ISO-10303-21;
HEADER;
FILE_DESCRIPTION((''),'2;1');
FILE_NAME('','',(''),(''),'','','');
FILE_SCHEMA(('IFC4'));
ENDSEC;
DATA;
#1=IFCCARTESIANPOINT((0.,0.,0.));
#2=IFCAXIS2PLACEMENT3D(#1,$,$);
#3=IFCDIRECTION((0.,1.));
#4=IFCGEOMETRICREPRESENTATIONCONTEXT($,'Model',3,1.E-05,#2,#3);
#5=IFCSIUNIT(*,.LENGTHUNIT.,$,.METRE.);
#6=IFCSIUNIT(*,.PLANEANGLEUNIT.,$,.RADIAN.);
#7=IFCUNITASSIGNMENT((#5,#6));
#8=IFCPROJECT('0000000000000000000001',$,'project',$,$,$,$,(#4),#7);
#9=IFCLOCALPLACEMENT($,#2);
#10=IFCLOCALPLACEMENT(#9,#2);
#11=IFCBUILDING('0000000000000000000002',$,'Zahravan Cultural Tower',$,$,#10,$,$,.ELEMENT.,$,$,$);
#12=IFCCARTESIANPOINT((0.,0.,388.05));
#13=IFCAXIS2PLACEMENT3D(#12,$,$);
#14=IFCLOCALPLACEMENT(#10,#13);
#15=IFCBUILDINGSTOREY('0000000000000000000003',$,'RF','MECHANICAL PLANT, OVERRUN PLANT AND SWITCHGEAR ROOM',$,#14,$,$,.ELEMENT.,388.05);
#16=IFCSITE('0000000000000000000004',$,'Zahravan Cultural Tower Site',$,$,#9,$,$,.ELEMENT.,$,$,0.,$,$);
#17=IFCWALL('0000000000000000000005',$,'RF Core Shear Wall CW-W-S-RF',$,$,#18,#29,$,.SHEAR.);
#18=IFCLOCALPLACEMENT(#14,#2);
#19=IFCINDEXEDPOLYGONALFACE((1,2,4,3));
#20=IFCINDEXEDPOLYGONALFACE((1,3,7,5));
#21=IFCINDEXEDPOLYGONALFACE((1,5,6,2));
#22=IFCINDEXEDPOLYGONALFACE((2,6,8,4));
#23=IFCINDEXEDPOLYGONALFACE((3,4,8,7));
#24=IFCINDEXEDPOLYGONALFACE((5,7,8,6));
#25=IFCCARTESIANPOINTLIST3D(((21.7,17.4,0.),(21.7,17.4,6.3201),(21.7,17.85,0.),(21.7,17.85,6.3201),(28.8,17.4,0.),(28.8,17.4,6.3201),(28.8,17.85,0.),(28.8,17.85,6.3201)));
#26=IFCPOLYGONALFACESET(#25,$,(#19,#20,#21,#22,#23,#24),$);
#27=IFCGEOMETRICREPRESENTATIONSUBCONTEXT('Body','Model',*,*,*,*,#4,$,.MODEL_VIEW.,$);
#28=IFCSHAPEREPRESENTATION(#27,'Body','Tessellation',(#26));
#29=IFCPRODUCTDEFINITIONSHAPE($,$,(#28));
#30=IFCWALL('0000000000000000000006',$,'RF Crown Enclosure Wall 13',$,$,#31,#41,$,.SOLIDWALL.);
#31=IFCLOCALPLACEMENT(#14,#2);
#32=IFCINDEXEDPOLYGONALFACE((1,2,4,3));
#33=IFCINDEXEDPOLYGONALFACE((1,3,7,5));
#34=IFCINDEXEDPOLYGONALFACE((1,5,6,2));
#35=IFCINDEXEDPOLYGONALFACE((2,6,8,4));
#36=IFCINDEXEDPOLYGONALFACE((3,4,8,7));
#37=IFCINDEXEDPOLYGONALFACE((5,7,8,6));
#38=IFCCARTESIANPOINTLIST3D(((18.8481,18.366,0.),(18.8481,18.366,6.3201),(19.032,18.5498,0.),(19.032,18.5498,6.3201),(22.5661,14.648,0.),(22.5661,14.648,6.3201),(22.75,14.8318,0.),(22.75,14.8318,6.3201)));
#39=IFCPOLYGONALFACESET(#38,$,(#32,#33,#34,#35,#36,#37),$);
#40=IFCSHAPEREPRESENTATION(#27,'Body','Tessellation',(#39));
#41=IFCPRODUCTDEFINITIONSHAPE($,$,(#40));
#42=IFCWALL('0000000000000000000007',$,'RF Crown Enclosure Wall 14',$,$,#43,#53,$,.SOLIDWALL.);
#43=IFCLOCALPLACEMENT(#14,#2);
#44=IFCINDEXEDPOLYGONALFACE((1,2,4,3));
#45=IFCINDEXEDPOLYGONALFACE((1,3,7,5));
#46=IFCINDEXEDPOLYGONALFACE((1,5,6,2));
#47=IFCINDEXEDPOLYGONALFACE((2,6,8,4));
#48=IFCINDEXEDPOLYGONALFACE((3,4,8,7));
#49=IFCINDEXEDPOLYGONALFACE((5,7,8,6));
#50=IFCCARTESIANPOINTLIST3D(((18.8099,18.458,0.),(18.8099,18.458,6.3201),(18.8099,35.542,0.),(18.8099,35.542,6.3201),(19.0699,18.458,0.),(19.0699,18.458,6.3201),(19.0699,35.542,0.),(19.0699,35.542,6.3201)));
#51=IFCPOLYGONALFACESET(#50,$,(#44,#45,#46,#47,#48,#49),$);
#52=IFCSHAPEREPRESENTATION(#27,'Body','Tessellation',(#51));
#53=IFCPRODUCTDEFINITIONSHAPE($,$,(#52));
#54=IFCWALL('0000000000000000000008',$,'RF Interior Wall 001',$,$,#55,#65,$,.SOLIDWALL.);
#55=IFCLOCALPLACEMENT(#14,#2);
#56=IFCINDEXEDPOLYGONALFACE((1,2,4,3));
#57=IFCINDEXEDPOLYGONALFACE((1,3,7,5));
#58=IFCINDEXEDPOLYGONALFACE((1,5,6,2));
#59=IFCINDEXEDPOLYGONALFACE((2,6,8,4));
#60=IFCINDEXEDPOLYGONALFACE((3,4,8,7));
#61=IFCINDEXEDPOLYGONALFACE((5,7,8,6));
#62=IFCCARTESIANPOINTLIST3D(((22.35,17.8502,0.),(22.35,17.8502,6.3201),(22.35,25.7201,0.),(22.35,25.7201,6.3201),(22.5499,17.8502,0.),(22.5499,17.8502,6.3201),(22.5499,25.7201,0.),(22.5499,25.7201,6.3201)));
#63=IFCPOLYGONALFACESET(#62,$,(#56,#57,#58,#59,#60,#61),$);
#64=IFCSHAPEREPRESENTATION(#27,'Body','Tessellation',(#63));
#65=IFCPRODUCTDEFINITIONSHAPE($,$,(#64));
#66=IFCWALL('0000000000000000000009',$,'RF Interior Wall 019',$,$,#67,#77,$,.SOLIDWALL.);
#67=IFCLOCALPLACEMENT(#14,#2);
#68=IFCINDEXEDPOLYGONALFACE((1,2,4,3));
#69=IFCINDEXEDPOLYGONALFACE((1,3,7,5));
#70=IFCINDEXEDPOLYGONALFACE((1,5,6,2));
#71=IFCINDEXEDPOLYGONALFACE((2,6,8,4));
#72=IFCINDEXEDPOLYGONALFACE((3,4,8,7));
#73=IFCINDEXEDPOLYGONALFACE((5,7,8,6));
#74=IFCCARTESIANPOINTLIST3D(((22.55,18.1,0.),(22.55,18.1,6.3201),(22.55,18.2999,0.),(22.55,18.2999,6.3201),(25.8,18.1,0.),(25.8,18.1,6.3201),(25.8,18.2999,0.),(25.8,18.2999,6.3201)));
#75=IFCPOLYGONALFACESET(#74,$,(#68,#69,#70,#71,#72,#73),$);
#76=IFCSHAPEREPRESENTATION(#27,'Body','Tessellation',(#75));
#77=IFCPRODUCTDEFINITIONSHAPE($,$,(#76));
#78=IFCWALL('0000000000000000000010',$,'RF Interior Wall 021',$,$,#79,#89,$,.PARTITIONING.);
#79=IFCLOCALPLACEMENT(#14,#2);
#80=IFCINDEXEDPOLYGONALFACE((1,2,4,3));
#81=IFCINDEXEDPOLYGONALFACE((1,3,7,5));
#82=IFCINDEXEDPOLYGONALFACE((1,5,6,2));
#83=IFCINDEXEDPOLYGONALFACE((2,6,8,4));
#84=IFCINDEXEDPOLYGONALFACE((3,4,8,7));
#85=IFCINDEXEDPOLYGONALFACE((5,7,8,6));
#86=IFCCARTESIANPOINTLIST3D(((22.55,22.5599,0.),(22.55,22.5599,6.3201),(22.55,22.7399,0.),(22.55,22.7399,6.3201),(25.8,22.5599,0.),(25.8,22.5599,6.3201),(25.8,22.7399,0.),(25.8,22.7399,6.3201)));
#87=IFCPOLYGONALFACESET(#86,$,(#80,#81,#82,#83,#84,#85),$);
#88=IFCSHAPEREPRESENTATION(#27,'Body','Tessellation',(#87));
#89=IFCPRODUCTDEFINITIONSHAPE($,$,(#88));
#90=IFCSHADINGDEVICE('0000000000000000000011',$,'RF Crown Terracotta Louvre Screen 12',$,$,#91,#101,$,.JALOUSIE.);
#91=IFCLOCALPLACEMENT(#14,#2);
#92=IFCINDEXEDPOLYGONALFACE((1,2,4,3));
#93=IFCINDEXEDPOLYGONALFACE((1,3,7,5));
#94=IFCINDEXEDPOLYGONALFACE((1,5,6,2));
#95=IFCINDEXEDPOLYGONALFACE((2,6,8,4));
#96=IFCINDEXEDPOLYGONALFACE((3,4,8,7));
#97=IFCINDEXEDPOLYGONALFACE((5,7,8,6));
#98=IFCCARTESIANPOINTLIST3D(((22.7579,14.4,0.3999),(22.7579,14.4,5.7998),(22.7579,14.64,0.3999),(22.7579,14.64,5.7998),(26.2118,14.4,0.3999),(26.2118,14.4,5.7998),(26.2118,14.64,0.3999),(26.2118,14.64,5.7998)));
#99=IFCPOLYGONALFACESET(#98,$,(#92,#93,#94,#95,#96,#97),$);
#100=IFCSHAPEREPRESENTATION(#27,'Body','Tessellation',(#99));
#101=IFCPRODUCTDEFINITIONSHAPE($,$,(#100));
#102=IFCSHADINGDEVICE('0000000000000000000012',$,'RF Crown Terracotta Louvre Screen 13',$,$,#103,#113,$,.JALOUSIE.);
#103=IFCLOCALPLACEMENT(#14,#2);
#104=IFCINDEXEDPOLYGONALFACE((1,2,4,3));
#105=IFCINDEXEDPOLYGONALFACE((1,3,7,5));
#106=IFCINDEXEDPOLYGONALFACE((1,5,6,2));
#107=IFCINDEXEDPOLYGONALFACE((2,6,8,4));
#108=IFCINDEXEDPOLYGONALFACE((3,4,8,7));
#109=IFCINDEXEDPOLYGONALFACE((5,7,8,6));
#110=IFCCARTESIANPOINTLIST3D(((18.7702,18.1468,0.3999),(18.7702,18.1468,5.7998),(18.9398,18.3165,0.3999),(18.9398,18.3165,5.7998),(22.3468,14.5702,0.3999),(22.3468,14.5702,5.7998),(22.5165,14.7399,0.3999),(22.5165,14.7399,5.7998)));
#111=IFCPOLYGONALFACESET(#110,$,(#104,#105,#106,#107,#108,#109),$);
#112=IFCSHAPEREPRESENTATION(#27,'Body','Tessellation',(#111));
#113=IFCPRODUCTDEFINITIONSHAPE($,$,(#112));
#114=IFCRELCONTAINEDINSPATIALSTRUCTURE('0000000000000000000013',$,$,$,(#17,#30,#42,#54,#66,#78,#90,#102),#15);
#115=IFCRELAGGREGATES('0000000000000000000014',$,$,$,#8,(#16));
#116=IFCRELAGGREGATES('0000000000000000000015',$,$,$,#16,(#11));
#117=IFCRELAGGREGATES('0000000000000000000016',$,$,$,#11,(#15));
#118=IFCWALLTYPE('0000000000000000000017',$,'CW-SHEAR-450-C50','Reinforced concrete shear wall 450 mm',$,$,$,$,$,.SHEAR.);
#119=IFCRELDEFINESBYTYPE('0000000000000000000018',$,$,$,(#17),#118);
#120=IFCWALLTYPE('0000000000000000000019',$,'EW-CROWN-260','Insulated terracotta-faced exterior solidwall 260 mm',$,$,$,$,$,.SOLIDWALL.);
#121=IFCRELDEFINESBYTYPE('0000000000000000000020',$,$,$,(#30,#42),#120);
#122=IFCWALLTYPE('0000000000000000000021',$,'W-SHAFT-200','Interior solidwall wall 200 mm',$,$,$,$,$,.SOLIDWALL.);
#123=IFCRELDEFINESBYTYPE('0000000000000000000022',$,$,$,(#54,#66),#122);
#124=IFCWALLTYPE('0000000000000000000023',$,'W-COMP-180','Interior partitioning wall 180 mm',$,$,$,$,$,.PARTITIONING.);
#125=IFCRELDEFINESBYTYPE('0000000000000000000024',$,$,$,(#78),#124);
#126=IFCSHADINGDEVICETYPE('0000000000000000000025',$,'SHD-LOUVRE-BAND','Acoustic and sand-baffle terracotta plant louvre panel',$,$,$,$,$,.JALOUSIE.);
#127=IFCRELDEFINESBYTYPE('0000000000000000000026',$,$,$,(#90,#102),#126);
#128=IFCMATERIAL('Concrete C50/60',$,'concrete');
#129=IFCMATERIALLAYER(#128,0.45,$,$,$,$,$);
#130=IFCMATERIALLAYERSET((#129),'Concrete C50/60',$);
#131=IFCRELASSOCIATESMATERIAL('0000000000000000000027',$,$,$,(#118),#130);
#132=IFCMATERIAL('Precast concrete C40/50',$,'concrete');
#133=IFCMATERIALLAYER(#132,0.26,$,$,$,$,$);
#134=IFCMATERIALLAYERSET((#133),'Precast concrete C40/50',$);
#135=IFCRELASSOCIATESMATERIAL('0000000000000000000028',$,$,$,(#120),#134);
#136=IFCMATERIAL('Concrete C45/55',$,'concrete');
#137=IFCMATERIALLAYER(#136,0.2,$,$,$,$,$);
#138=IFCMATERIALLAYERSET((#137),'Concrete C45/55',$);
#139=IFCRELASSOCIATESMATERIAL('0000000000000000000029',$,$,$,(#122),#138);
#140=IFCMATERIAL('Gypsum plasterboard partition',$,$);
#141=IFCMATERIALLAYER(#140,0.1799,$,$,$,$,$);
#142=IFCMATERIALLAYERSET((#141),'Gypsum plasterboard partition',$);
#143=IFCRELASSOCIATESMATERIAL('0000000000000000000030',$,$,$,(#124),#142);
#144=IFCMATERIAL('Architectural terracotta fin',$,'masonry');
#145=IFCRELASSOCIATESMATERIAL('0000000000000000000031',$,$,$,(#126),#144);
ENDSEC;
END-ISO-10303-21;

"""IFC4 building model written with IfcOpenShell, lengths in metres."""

from ifc_helpers import new_model, si_unit, direction, frame, frame_2d, origin, origin_2d, place, context, subcontext, project, spatial, rectangle, extrude, source, transform, mapped, material, layer, layer_set, type_object, element, save


model = new_model("IFC4")

# Units and contexts
model_context = context("Model", 3, precision=1e-05, world=origin(), true_north=direction((0.0, 1.0)))
body_context = subcontext(model_context, "Body", "Model", "MODEL_VIEW")
ifc_project = project(units=[si_unit("LENGTHUNIT", "METRE"), si_unit("PLANEANGLEUNIT", "RADIAN")], contexts=[model_context])

# Site, building, storey
site_placement = place(None, origin())
site = spatial("IfcSite", under=ifc_project, at=site_placement, Name="Zahravan Cultural Tower Site", CompositionType="ELEMENT", RefElevation=0.0)
building_placement = place(site_placement, origin())
building = spatial("IfcBuilding", under=site, at=building_placement, Name="Zahravan Cultural Tower", CompositionType="ELEMENT")
storey_placement = place(building_placement, frame((0.0, 0.0, 388.05)))
storey = spatial("IfcBuildingStorey", under=building, at=storey_placement, Name="RF", Description="MECHANICAL PLANT, OVERRUN PLANT AND SWITCHGEAR ROOM", CompositionType="ELEMENT", Elevation=388.05)

# Shared definitions
ifc_material_1 = material(Name="Concrete C50/60", Category="concrete")

# Walls
ifc_layer_1 = layer(ifc_material_1, 0.45)
ifc_layer_set_1 = layer_set([ifc_layer_1], Name="Concrete C50/60")
wall_type_1 = type_object("IfcWallType", Name="CW-SHEAR-450-C50", Description="Reinforced concrete shear wall 450 mm", PredefinedType="SHEAR", material=ifc_layer_set_1)
shared_shape_1 = source(origin(), body_context, "Body", "SweptSolid", [
    extrude(rectangle(XDim=7.1001, YDim=0.45, at=frame_2d((3.55, 0.0))), origin(), (0.0, 0.0, 1.0), 6.3201),
])
wall_1_placement = place(storey_placement, frame((21.7, 17.625, 0.0), z_axis=(0.0, 0.0, 1.0), x_axis=(1.0, 0.0, 0.0)))
element("IfcWall", 1, at=wall_1_placement, inside=storey, type_object=wall_type_1, Name="RF Core Shear Wall CW-W-S-RF", PredefinedType="SHEAR", context=body_context, shape_type="MappedRepresentation", body=[
    mapped(shared_shape_1, transform((0.0, 0.0, 0.0), x_axis=(1.0, 0.0, 0.0), y_axis=(0.0, 1.0, 0.0), z_axis=(0.0, 0.0, 1.0), scale=1.0)),
])
ifc_material_2 = material(Name="Precast concrete C40/50", Category="concrete")
ifc_layer_2 = layer(ifc_material_2, 0.26)
ifc_layer_set_2 = layer_set([ifc_layer_2], Name="Precast concrete C40/50")
wall_type_2 = type_object("IfcWallType", Name="EW-CROWN-260", Description="Insulated terracotta-faced exterior solidwall 260 mm", PredefinedType="SOLIDWALL", material=ifc_layer_set_2)
shared_shape_2 = source(origin(), body_context, "Body", "SweptSolid", [
    extrude(rectangle(XDim=5.2581, YDim=0.26, at=frame_2d((2.6289, 0.0))), origin(), (0.0, 0.0, 1.0), 6.3201),
])
wall_2_placement = place(storey_placement, frame((22.658, 14.74, 0.0), z_axis=(0.0, 0.0, 1.0), x_axis=(-0.707107, 0.707107, 0.0)))
element("IfcWall", 2, at=wall_2_placement, inside=storey, type_object=wall_type_2, Name="RF Crown Enclosure Wall 13", PredefinedType="SOLIDWALL", context=body_context, shape_type="MappedRepresentation", body=[
    mapped(shared_shape_2, transform((0.0, 0.0, 0.0), x_axis=(1.0, 0.0, 0.0), y_axis=(0.0, 1.0, 0.0), z_axis=(0.0, 0.0, 1.0), scale=1.0)),
])
shared_shape_3 = source(origin(), body_context, "Body", "SweptSolid", [
    extrude(rectangle(XDim=17.084, YDim=0.26, at=frame_2d((8.542, 0.0))), origin(), (0.0, 0.0, 1.0), 6.3201),
])
wall_3_placement = place(storey_placement, frame((18.9399, 18.458, 0.0), z_axis=(0.0, 0.0, 1.0), x_axis=(0.0, 1.0, 0.0)))
element("IfcWall", 3, at=wall_3_placement, inside=storey, type_object=wall_type_2, Name="RF Crown Enclosure Wall 14", PredefinedType="SOLIDWALL", context=body_context, shape_type="MappedRepresentation", body=[
    mapped(shared_shape_3, transform((0.0, 0.0, 0.0), x_axis=(1.0, 0.0, 0.0), y_axis=(0.0, 1.0, 0.0), z_axis=(0.0, 0.0, 1.0), scale=1.0)),
])
ifc_material_3 = material(Name="Concrete C45/55", Category="concrete")
ifc_layer_3 = layer(ifc_material_3, 0.2)
ifc_layer_set_3 = layer_set([ifc_layer_3], Name="Concrete C45/55")
wall_type_3 = type_object("IfcWallType", Name="W-SHAFT-200", Description="Interior solidwall wall 200 mm", PredefinedType="SOLIDWALL", material=ifc_layer_set_3)
shared_shape_4 = source(origin(), body_context, "Body", "SweptSolid", [
    extrude(rectangle(XDim=7.8699, YDim=0.2, at=frame_2d((3.9351, 0.0))), origin(), (0.0, 0.0, 1.0), 6.3201),
])
wall_4_placement = place(storey_placement, frame((22.45, 17.8501, 0.0), z_axis=(0.0, 0.0, 1.0), x_axis=(0.0, 1.0, 0.0)))
element("IfcWall", 4, at=wall_4_placement, inside=storey, type_object=wall_type_3, Name="RF Interior Wall 001", PredefinedType="SOLIDWALL", context=body_context, shape_type="MappedRepresentation", body=[
    mapped(shared_shape_4, transform((0.0, 0.0, 0.0), x_axis=(1.0, 0.0, 0.0), y_axis=(0.0, 1.0, 0.0), z_axis=(0.0, 0.0, 1.0), scale=1.0)),
])
shared_shape_5 = source(origin(), body_context, "Body", "SweptSolid", [
    extrude(rectangle(XDim=3.25, YDim=0.2, at=frame_2d((1.625, 0.0))), origin(), (0.0, 0.0, 1.0), 6.3201),
])
wall_5_placement = place(storey_placement, frame((22.55, 18.2, 0.0), z_axis=(0.0, 0.0, 1.0), x_axis=(1.0, 0.0, 0.0)))
element("IfcWall", 5, at=wall_5_placement, inside=storey, type_object=wall_type_3, Name="RF Interior Wall 019", PredefinedType="SOLIDWALL", context=body_context, shape_type="MappedRepresentation", body=[
    mapped(shared_shape_5, transform((0.0, 0.0, 0.0), x_axis=(1.0, 0.0, 0.0), y_axis=(0.0, 1.0, 0.0), z_axis=(0.0, 0.0, 1.0), scale=1.0)),
])
ifc_material_4 = material(Name="Gypsum plasterboard partition")
ifc_layer_4 = layer(ifc_material_4, 0.1799)
ifc_layer_set_4 = layer_set([ifc_layer_4], Name="Gypsum plasterboard partition")
wall_type_4 = type_object("IfcWallType", Name="W-COMP-180", Description="Interior partitioning wall 180 mm", PredefinedType="PARTITIONING", material=ifc_layer_set_4)
shared_shape_6 = source(origin(), body_context, "Body", "SweptSolid", [
    extrude(rectangle(XDim=3.25, YDim=0.1799, at=frame_2d((1.625, 0.0))), origin(), (0.0, 0.0, 1.0), 6.3201),
])
wall_6_placement = place(storey_placement, frame((22.55, 22.6499, 0.0), z_axis=(0.0, 0.0, 1.0), x_axis=(1.0, 0.0, 0.0)))
element("IfcWall", 6, at=wall_6_placement, inside=storey, type_object=wall_type_4, Name="RF Interior Wall 021", PredefinedType="PARTITIONING", context=body_context, shape_type="MappedRepresentation", body=[
    mapped(shared_shape_6, transform((0.0, 0.0, 0.0), x_axis=(1.0, 0.0, 0.0), y_axis=(0.0, 1.0, 0.0), z_axis=(0.0, 0.0, 1.0), scale=1.0)),
])

# Shading devices
ifc_material_5 = material(Name="Architectural terracotta fin", Category="masonry")
shading_device_type = type_object("IfcShadingDeviceType", Name="SHD-LOUVRE-BAND", Description="Acoustic and sand-baffle terracotta plant louvre panel", PredefinedType="JALOUSIE", material=ifc_material_5)
shared_shape_7 = source(origin(), body_context, "Body", "SweptSolid", [
    extrude(rectangle(XDim=3.4539, YDim=0.24, at=origin_2d()), origin(), (0.0, 0.0, 1.0), 5.3999),
])
shading_device_1_placement = place(storey_placement, frame((24.4849, 14.52, 0.3999), z_axis=(0.0, 0.0, 1.0), x_axis=(-1.0, 0.0, 0.0)))
element("IfcShadingDevice", 7, at=shading_device_1_placement, inside=storey, type_object=shading_device_type, Name="RF Crown Terracotta Louvre Screen 12", PredefinedType="JALOUSIE", context=body_context, shape_type="MappedRepresentation", body=[
    mapped(shared_shape_7, transform((0.0, 0.0, 0.0), x_axis=(1.0, 0.0, 0.0), y_axis=(0.0, 1.0, 0.0), z_axis=(0.0, 0.0, 1.0), scale=1.0)),
])
shared_shape_8 = source(origin(), body_context, "Body", "SweptSolid", [
    extrude(rectangle(XDim=5.0581, YDim=0.24, at=origin_2d()), origin(), (0.0, 0.0, 1.0), 5.3999),
])
shading_device_2_placement = place(storey_placement, frame((20.6433, 16.4434, 0.3999), z_axis=(0.0, 0.0, 1.0), x_axis=(-0.707107, 0.707107, 0.0)))
element("IfcShadingDevice", 8, at=shading_device_2_placement, inside=storey, type_object=shading_device_type, Name="RF Crown Terracotta Louvre Screen 13", PredefinedType="JALOUSIE", context=body_context, shape_type="MappedRepresentation", body=[
    mapped(shared_shape_8, transform((0.0, 0.0, 0.0), x_axis=(1.0, 0.0, 0.0), y_axis=(0.0, 1.0, 0.0), z_axis=(0.0, 0.0, 1.0), scale=1.0)),
])

save(model, "model.ifc")
